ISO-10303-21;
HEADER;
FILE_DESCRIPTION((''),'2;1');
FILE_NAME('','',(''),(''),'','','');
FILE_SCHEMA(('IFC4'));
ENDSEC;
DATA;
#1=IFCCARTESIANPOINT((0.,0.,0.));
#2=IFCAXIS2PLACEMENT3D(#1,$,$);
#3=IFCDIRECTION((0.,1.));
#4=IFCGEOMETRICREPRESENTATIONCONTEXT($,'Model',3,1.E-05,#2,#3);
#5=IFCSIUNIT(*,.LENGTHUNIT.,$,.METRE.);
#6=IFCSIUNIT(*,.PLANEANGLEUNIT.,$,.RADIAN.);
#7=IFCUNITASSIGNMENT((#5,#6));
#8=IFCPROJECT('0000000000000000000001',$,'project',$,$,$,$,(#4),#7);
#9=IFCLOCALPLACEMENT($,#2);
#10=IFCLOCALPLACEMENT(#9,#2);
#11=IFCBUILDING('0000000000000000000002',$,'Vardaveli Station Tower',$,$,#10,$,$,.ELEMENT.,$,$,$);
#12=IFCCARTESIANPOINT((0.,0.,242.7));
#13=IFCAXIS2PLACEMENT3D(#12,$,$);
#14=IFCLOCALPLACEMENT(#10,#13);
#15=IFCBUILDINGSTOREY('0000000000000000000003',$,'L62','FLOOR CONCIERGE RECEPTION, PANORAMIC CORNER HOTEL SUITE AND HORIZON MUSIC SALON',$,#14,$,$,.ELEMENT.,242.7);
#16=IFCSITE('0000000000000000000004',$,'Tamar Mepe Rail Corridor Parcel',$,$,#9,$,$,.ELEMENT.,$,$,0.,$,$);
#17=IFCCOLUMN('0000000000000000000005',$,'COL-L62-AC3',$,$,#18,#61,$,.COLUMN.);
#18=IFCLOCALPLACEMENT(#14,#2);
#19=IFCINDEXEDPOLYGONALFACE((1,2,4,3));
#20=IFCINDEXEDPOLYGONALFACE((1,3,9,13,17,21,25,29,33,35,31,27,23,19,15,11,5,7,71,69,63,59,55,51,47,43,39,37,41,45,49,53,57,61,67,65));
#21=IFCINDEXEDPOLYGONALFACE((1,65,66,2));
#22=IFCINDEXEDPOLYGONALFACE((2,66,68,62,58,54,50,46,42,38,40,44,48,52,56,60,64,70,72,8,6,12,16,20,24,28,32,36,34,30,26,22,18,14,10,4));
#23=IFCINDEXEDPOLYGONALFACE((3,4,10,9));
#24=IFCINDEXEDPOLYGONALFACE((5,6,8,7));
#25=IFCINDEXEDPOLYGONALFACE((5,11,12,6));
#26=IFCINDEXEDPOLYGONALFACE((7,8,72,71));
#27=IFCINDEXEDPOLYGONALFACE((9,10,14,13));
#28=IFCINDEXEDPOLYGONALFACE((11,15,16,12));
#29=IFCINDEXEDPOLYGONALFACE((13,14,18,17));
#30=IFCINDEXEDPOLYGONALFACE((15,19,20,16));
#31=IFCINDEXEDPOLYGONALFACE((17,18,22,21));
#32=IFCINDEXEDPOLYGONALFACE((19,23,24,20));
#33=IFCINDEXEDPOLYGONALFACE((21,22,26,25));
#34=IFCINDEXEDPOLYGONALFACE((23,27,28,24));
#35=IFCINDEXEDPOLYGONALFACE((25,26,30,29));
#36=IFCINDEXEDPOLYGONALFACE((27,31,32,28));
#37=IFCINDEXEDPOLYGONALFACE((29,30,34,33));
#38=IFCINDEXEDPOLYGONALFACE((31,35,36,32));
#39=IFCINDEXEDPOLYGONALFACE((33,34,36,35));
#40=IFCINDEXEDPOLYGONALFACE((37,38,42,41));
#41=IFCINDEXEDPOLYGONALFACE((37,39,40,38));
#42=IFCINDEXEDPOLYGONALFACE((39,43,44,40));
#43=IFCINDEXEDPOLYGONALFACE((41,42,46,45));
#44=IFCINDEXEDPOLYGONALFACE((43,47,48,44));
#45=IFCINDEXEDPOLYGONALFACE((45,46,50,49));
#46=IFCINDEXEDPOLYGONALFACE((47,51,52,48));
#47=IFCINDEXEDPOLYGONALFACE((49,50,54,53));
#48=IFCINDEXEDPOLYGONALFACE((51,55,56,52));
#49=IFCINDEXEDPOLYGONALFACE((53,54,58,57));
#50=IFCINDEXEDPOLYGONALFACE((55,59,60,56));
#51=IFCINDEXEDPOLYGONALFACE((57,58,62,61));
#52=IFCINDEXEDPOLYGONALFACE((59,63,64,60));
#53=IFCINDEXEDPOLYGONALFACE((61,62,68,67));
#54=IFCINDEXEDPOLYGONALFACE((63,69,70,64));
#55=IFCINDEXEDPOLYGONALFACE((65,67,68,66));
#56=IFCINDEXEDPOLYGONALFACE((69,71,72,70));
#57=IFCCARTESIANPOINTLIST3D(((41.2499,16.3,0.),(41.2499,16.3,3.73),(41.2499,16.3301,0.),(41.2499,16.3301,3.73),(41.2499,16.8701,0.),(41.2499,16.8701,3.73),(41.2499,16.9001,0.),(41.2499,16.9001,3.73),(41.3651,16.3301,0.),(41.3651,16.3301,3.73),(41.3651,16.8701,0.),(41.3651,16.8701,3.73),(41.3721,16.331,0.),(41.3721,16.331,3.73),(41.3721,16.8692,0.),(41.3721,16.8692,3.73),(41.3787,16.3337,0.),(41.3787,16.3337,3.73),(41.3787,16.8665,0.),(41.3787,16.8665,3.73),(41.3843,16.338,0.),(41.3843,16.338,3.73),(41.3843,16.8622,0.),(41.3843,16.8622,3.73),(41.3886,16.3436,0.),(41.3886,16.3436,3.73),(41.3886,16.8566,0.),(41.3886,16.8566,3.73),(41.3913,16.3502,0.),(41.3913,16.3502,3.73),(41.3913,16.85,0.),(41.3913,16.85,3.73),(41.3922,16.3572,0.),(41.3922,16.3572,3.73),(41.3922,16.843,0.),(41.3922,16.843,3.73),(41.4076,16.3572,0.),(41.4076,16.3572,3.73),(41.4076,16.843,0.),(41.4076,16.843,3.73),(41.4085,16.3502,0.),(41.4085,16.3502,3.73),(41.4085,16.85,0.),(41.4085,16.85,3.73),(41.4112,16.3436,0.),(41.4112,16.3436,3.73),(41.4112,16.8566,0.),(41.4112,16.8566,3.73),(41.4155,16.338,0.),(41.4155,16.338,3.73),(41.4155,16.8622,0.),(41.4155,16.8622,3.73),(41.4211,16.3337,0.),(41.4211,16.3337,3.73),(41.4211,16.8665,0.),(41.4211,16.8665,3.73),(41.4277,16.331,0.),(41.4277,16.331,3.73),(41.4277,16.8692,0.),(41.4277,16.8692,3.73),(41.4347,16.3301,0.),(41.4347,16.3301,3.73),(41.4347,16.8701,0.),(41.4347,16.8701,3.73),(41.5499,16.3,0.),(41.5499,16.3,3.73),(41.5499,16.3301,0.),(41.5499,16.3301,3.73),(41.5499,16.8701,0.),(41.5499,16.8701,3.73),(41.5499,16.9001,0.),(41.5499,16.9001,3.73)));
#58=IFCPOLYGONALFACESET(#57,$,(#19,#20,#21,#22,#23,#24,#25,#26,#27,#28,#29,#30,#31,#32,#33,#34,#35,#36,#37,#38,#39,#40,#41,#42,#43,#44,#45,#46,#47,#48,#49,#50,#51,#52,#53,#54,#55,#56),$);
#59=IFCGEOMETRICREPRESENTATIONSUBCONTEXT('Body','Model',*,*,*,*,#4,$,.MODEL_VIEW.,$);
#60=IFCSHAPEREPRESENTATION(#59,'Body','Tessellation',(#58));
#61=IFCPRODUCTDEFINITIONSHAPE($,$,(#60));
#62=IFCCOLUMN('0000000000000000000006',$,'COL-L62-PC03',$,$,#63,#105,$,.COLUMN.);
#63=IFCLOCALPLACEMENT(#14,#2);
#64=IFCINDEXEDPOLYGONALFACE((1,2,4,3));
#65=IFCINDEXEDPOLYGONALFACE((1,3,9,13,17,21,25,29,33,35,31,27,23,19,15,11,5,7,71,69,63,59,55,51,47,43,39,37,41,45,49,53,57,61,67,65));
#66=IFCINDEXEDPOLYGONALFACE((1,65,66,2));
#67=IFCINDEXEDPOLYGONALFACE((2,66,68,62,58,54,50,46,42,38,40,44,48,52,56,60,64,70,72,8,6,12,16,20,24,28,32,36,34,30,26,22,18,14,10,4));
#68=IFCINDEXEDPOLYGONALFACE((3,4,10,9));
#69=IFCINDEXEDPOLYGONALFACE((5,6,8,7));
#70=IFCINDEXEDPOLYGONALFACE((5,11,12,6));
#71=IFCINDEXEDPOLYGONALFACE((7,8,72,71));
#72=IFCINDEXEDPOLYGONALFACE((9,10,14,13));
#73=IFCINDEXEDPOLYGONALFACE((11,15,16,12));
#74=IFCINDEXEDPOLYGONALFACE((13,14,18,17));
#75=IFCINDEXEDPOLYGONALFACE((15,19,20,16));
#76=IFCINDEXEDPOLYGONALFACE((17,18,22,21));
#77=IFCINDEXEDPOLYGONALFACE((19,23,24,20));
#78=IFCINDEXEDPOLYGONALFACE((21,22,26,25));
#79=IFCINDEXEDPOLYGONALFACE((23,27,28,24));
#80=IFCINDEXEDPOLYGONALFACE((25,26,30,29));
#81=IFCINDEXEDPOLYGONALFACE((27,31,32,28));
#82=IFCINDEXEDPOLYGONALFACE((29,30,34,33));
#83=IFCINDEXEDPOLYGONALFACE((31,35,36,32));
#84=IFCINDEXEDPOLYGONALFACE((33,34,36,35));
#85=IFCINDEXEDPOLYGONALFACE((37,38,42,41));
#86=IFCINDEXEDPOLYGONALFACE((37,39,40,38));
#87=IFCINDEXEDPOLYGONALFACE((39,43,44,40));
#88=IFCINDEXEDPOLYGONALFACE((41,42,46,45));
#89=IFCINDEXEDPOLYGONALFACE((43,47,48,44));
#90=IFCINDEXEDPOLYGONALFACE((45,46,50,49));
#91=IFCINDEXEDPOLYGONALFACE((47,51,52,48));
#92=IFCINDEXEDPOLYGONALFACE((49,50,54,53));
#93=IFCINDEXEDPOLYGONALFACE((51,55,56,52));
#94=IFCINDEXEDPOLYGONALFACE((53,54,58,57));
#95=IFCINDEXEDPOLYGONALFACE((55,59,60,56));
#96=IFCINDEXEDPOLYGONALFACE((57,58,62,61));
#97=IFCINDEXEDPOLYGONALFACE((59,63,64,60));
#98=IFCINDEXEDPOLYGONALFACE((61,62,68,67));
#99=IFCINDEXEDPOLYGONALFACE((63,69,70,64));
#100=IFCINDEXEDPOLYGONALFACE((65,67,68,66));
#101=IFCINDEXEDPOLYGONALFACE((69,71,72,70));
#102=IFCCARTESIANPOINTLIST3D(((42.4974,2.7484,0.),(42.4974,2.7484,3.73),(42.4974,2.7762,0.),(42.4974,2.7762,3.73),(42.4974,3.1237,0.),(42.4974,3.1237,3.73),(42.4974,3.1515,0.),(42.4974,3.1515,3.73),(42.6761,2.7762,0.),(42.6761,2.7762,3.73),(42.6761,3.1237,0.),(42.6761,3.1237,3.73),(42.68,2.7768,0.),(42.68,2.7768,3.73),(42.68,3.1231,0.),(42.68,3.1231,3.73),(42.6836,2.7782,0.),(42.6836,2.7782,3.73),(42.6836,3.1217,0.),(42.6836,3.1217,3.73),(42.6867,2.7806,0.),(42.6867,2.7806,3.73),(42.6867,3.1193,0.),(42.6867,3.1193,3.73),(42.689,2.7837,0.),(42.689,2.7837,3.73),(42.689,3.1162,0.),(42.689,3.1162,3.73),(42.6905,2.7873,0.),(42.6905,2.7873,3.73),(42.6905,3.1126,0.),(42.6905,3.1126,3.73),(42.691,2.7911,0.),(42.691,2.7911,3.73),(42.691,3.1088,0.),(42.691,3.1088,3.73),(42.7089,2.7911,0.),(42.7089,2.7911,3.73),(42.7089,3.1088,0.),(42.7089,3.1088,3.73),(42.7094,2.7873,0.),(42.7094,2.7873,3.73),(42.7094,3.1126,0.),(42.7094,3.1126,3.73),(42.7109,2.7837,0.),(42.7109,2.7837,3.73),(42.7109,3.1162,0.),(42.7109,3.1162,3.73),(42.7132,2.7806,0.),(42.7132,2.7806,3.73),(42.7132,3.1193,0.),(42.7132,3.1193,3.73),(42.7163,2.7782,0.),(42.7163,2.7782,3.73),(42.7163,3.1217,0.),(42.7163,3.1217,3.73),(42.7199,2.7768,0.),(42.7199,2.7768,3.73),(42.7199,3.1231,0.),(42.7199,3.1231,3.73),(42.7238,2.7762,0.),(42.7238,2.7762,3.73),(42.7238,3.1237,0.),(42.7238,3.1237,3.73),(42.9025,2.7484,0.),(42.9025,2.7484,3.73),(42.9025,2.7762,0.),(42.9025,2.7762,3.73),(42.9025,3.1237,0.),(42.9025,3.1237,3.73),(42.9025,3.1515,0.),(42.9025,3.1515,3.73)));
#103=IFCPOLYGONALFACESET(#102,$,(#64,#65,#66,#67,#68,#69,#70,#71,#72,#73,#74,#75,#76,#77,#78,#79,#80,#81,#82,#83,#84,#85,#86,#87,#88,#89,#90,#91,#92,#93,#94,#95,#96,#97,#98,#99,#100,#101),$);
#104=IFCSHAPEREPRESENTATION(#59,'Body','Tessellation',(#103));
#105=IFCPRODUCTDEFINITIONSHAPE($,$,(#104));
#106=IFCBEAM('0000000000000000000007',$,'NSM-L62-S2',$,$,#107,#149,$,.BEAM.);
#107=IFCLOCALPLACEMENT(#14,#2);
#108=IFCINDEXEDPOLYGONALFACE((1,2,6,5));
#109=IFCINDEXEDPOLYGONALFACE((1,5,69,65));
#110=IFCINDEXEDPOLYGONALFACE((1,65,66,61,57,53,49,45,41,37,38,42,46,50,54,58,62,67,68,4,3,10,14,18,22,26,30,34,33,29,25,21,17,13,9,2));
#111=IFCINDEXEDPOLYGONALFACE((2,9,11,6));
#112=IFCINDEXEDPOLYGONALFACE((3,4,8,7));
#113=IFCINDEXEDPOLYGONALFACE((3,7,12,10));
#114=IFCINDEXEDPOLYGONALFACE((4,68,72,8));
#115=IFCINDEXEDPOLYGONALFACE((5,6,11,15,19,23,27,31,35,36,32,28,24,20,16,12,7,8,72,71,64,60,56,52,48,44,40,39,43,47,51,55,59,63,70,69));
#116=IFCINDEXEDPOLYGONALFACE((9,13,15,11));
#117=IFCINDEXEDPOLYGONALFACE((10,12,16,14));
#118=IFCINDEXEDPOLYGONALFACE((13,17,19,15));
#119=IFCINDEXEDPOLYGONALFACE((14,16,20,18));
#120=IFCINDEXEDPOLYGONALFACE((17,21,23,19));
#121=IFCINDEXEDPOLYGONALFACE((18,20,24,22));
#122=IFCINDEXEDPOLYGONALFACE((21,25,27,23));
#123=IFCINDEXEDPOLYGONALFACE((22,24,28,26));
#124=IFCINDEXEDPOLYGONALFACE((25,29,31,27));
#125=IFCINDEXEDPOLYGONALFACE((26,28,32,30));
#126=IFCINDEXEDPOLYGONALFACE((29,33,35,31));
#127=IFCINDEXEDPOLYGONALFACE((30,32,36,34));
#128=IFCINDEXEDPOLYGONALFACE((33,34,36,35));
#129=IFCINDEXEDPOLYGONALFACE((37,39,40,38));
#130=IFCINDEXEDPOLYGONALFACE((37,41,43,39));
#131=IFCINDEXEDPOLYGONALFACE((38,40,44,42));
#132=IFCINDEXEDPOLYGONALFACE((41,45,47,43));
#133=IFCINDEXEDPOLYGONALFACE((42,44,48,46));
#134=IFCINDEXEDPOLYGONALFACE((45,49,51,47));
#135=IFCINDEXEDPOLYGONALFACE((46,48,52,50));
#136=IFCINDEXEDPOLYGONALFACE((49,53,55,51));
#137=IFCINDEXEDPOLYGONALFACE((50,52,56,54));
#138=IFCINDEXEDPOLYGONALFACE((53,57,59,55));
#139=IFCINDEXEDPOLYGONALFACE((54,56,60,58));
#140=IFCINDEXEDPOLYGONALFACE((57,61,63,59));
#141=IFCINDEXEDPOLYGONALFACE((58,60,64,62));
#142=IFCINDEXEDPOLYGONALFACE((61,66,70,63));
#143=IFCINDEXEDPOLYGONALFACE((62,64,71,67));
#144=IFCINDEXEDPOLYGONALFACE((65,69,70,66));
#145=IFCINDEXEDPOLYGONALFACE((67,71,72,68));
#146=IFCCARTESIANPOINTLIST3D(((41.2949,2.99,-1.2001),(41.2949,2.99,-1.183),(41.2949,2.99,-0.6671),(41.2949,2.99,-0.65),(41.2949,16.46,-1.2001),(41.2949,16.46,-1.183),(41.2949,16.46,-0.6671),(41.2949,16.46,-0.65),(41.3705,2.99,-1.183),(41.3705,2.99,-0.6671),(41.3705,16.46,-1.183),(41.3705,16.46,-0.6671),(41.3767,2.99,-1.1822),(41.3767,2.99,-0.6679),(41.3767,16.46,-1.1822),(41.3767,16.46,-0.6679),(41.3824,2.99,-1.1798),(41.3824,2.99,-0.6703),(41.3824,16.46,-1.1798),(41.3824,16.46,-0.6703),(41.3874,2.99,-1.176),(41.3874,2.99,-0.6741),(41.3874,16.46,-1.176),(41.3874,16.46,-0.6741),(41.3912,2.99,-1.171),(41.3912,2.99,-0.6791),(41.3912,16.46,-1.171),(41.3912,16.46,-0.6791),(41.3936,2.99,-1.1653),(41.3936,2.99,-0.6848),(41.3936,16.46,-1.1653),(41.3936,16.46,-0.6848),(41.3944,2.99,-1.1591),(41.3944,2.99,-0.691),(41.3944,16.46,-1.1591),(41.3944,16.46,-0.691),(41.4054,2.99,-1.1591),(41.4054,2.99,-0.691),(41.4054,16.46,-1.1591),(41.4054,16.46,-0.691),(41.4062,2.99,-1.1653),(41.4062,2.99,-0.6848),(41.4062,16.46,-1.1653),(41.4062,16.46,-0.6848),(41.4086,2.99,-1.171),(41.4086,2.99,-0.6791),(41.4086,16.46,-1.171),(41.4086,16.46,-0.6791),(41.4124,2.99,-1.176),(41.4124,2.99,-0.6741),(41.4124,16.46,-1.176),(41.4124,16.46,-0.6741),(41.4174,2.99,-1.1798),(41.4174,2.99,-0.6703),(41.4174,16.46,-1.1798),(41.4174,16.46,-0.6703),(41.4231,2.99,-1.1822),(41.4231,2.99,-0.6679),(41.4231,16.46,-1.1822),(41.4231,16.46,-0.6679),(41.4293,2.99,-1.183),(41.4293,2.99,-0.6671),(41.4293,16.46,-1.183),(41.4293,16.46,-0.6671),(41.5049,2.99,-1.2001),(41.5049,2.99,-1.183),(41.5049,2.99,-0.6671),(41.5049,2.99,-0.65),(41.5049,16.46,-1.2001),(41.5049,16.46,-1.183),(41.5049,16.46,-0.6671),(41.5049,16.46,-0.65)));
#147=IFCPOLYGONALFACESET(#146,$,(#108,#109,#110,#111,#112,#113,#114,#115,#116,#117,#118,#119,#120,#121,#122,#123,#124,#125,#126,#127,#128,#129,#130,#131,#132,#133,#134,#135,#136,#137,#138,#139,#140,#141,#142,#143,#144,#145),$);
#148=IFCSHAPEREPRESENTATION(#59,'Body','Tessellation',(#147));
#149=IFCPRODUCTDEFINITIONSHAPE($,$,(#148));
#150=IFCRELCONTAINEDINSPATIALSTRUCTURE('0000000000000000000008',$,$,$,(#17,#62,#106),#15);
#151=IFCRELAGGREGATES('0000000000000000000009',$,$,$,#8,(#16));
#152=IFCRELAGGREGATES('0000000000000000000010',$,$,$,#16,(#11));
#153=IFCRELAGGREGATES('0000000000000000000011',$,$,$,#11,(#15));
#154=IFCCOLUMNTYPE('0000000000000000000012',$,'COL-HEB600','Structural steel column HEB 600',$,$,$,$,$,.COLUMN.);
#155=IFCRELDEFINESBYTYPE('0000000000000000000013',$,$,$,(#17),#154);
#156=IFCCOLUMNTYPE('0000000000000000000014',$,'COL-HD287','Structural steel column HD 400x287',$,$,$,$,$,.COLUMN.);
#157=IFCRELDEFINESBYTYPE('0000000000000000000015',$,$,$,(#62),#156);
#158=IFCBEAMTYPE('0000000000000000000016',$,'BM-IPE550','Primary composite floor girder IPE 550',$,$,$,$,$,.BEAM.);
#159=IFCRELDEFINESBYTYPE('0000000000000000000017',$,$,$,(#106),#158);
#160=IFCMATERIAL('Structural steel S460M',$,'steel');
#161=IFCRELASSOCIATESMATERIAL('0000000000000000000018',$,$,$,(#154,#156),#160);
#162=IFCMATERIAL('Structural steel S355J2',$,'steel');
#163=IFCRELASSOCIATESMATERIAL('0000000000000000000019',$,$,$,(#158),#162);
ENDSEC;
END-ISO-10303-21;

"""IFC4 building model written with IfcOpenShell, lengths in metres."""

from ifc_helpers import new_model, si_unit, direction, frame, origin, origin_2d, place, context, subcontext, project, spatial, i_section, extrude, source, transform, mapped, material, material_profile, profile_set, type_object, element, save


model = new_model("IFC4")

# Units and contexts
model_context = context("Model", 3, precision=1e-05, world=origin(), true_north=direction((0.0, 1.0)))
body_context = subcontext(model_context, "Body", "Model", "MODEL_VIEW")
ifc_project = project(units=[si_unit("LENGTHUNIT", "METRE"), si_unit("PLANEANGLEUNIT", "RADIAN")], contexts=[model_context])

# Site, building, storey
site_placement = place(None, origin())
site = spatial("IfcSite", under=ifc_project, at=site_placement, Name="Tamar Mepe Rail Corridor Parcel", CompositionType="ELEMENT", RefElevation=0.0)
building_placement = place(site_placement, origin())
building = spatial("IfcBuilding", under=site, at=building_placement, Name="Vardaveli Station Tower", CompositionType="ELEMENT")
storey_placement = place(building_placement, frame((0.0, 0.0, 242.7)))
storey = spatial("IfcBuildingStorey", under=building, at=storey_placement, Name="L62", Description="FLOOR CONCIERGE RECEPTION, PANORAMIC CORNER HOTEL SUITE AND HORIZON MUSIC SALON", CompositionType="ELEMENT", Elevation=242.7)

# Columns
ifc_material_1 = material(Name="Structural steel S460M", Category="steel")
ifc_material_profile_1 = material_profile(ifc_material_1, i_section(OverallWidth=0.3, OverallDepth=0.6001, WebThickness=0.0154, FlangeThickness=0.03, FilletRadius=0.0271, at=origin_2d()), Name="HEB 600")
ifc_profile_set_1 = profile_set([ifc_material_profile_1], Name="Structural steel S460M")
column_type_1 = type_object("IfcColumnType", Name="COL-HEB600", Description="Structural steel column HEB 600", PredefinedType="COLUMN", material=ifc_profile_set_1)
shared_shape_1 = source(origin(), body_context, "Body", "SweptSolid", [
    extrude(i_section(OverallWidth=0.3, OverallDepth=0.6001, WebThickness=0.0154, FlangeThickness=0.03, FilletRadius=0.0271, at=origin_2d()), origin(), (0.0, 0.0, 1.0), 3.73),
])
column_1_placement = place(storey_placement, frame((41.3999, 16.6001, 0.0), z_axis=(0.0, 0.0, 1.0), x_axis=(1.0, 0.0, 0.0)))
element("IfcColumn", 1, at=column_1_placement, inside=storey, type_object=column_type_1, Name="COL-L62-AC3", PredefinedType="COLUMN", context=body_context, shape_type="MappedRepresentation", body=[
    mapped(shared_shape_1, transform((0.0, 0.0, 0.0), scale=1.0)),
])
ifc_material_profile_2 = material_profile(ifc_material_1, i_section(OverallWidth=0.405, OverallDepth=0.4031, WebThickness=0.0178, FlangeThickness=0.0278, FilletRadius=0.0149, at=origin_2d()), Name="HD 400x287")
ifc_profile_set_2 = profile_set([ifc_material_profile_2], Name="Structural steel S460M")
column_type_2 = type_object("IfcColumnType", Name="COL-HD287", Description="Structural steel column HD 400x287", PredefinedType="COLUMN", material=ifc_profile_set_2)
shared_shape_2 = source(origin(), body_context, "Body", "SweptSolid", [
    extrude(i_section(OverallWidth=0.405, OverallDepth=0.4031, WebThickness=0.0178, FlangeThickness=0.0278, FilletRadius=0.0149, at=origin_2d()), origin(), (0.0, 0.0, 1.0), 3.73),
])
column_2_placement = place(storey_placement, frame((42.7, 2.95, 0.0), z_axis=(0.0, 0.0, 1.0), x_axis=(1.0, 0.0, 0.0)))
element("IfcColumn", 2, at=column_2_placement, inside=storey, type_object=column_type_2, Name="COL-L62-PC03", PredefinedType="COLUMN", context=body_context, shape_type="MappedRepresentation", body=[
    mapped(shared_shape_2, transform((0.0, 0.0, 0.0), scale=1.0)),
])

# Beam
ifc_material_2 = material(Name="Structural steel S355J2", Category="steel")
ifc_material_profile_3 = material_profile(ifc_material_2, i_section(OverallWidth=0.21, OverallDepth=0.55, WebThickness=0.011, FlangeThickness=0.0171, FilletRadius=0.0239, at=origin_2d()), Name="IPE 550")
ifc_profile_set_3 = profile_set([ifc_material_profile_3], Name="Structural steel S355J2")
beam_type_1 = type_object("IfcBeamType", Name="BM-IPE550", Description="Primary composite floor girder IPE 550", PredefinedType="BEAM", material=ifc_profile_set_3)
shared_shape_3 = source(origin(), body_context, "Body", "SweptSolid", [
    extrude(i_section(OverallWidth=0.21, OverallDepth=0.55, WebThickness=0.011, FlangeThickness=0.0171, FilletRadius=0.0239, at=origin_2d()), origin(), (0.0, 0.0, 1.0), 13.47),
])
beam_1_placement = place(storey_placement, frame((41.3999, 2.99, -0.925), z_axis=(0.0, 1.0, 0.0), x_axis=(-1.0, 0.0, 0.0)))
element("IfcBeam", 3, at=beam_1_placement, inside=storey, type_object=beam_type_1, Name="NSM-L62-S2", PredefinedType="BEAM", context=body_context, shape_type="MappedRepresentation", body=[
    mapped(shared_shape_3, transform((0.0, 0.0, 0.0), scale=1.0)),
])

save(model, "model.ifc")
